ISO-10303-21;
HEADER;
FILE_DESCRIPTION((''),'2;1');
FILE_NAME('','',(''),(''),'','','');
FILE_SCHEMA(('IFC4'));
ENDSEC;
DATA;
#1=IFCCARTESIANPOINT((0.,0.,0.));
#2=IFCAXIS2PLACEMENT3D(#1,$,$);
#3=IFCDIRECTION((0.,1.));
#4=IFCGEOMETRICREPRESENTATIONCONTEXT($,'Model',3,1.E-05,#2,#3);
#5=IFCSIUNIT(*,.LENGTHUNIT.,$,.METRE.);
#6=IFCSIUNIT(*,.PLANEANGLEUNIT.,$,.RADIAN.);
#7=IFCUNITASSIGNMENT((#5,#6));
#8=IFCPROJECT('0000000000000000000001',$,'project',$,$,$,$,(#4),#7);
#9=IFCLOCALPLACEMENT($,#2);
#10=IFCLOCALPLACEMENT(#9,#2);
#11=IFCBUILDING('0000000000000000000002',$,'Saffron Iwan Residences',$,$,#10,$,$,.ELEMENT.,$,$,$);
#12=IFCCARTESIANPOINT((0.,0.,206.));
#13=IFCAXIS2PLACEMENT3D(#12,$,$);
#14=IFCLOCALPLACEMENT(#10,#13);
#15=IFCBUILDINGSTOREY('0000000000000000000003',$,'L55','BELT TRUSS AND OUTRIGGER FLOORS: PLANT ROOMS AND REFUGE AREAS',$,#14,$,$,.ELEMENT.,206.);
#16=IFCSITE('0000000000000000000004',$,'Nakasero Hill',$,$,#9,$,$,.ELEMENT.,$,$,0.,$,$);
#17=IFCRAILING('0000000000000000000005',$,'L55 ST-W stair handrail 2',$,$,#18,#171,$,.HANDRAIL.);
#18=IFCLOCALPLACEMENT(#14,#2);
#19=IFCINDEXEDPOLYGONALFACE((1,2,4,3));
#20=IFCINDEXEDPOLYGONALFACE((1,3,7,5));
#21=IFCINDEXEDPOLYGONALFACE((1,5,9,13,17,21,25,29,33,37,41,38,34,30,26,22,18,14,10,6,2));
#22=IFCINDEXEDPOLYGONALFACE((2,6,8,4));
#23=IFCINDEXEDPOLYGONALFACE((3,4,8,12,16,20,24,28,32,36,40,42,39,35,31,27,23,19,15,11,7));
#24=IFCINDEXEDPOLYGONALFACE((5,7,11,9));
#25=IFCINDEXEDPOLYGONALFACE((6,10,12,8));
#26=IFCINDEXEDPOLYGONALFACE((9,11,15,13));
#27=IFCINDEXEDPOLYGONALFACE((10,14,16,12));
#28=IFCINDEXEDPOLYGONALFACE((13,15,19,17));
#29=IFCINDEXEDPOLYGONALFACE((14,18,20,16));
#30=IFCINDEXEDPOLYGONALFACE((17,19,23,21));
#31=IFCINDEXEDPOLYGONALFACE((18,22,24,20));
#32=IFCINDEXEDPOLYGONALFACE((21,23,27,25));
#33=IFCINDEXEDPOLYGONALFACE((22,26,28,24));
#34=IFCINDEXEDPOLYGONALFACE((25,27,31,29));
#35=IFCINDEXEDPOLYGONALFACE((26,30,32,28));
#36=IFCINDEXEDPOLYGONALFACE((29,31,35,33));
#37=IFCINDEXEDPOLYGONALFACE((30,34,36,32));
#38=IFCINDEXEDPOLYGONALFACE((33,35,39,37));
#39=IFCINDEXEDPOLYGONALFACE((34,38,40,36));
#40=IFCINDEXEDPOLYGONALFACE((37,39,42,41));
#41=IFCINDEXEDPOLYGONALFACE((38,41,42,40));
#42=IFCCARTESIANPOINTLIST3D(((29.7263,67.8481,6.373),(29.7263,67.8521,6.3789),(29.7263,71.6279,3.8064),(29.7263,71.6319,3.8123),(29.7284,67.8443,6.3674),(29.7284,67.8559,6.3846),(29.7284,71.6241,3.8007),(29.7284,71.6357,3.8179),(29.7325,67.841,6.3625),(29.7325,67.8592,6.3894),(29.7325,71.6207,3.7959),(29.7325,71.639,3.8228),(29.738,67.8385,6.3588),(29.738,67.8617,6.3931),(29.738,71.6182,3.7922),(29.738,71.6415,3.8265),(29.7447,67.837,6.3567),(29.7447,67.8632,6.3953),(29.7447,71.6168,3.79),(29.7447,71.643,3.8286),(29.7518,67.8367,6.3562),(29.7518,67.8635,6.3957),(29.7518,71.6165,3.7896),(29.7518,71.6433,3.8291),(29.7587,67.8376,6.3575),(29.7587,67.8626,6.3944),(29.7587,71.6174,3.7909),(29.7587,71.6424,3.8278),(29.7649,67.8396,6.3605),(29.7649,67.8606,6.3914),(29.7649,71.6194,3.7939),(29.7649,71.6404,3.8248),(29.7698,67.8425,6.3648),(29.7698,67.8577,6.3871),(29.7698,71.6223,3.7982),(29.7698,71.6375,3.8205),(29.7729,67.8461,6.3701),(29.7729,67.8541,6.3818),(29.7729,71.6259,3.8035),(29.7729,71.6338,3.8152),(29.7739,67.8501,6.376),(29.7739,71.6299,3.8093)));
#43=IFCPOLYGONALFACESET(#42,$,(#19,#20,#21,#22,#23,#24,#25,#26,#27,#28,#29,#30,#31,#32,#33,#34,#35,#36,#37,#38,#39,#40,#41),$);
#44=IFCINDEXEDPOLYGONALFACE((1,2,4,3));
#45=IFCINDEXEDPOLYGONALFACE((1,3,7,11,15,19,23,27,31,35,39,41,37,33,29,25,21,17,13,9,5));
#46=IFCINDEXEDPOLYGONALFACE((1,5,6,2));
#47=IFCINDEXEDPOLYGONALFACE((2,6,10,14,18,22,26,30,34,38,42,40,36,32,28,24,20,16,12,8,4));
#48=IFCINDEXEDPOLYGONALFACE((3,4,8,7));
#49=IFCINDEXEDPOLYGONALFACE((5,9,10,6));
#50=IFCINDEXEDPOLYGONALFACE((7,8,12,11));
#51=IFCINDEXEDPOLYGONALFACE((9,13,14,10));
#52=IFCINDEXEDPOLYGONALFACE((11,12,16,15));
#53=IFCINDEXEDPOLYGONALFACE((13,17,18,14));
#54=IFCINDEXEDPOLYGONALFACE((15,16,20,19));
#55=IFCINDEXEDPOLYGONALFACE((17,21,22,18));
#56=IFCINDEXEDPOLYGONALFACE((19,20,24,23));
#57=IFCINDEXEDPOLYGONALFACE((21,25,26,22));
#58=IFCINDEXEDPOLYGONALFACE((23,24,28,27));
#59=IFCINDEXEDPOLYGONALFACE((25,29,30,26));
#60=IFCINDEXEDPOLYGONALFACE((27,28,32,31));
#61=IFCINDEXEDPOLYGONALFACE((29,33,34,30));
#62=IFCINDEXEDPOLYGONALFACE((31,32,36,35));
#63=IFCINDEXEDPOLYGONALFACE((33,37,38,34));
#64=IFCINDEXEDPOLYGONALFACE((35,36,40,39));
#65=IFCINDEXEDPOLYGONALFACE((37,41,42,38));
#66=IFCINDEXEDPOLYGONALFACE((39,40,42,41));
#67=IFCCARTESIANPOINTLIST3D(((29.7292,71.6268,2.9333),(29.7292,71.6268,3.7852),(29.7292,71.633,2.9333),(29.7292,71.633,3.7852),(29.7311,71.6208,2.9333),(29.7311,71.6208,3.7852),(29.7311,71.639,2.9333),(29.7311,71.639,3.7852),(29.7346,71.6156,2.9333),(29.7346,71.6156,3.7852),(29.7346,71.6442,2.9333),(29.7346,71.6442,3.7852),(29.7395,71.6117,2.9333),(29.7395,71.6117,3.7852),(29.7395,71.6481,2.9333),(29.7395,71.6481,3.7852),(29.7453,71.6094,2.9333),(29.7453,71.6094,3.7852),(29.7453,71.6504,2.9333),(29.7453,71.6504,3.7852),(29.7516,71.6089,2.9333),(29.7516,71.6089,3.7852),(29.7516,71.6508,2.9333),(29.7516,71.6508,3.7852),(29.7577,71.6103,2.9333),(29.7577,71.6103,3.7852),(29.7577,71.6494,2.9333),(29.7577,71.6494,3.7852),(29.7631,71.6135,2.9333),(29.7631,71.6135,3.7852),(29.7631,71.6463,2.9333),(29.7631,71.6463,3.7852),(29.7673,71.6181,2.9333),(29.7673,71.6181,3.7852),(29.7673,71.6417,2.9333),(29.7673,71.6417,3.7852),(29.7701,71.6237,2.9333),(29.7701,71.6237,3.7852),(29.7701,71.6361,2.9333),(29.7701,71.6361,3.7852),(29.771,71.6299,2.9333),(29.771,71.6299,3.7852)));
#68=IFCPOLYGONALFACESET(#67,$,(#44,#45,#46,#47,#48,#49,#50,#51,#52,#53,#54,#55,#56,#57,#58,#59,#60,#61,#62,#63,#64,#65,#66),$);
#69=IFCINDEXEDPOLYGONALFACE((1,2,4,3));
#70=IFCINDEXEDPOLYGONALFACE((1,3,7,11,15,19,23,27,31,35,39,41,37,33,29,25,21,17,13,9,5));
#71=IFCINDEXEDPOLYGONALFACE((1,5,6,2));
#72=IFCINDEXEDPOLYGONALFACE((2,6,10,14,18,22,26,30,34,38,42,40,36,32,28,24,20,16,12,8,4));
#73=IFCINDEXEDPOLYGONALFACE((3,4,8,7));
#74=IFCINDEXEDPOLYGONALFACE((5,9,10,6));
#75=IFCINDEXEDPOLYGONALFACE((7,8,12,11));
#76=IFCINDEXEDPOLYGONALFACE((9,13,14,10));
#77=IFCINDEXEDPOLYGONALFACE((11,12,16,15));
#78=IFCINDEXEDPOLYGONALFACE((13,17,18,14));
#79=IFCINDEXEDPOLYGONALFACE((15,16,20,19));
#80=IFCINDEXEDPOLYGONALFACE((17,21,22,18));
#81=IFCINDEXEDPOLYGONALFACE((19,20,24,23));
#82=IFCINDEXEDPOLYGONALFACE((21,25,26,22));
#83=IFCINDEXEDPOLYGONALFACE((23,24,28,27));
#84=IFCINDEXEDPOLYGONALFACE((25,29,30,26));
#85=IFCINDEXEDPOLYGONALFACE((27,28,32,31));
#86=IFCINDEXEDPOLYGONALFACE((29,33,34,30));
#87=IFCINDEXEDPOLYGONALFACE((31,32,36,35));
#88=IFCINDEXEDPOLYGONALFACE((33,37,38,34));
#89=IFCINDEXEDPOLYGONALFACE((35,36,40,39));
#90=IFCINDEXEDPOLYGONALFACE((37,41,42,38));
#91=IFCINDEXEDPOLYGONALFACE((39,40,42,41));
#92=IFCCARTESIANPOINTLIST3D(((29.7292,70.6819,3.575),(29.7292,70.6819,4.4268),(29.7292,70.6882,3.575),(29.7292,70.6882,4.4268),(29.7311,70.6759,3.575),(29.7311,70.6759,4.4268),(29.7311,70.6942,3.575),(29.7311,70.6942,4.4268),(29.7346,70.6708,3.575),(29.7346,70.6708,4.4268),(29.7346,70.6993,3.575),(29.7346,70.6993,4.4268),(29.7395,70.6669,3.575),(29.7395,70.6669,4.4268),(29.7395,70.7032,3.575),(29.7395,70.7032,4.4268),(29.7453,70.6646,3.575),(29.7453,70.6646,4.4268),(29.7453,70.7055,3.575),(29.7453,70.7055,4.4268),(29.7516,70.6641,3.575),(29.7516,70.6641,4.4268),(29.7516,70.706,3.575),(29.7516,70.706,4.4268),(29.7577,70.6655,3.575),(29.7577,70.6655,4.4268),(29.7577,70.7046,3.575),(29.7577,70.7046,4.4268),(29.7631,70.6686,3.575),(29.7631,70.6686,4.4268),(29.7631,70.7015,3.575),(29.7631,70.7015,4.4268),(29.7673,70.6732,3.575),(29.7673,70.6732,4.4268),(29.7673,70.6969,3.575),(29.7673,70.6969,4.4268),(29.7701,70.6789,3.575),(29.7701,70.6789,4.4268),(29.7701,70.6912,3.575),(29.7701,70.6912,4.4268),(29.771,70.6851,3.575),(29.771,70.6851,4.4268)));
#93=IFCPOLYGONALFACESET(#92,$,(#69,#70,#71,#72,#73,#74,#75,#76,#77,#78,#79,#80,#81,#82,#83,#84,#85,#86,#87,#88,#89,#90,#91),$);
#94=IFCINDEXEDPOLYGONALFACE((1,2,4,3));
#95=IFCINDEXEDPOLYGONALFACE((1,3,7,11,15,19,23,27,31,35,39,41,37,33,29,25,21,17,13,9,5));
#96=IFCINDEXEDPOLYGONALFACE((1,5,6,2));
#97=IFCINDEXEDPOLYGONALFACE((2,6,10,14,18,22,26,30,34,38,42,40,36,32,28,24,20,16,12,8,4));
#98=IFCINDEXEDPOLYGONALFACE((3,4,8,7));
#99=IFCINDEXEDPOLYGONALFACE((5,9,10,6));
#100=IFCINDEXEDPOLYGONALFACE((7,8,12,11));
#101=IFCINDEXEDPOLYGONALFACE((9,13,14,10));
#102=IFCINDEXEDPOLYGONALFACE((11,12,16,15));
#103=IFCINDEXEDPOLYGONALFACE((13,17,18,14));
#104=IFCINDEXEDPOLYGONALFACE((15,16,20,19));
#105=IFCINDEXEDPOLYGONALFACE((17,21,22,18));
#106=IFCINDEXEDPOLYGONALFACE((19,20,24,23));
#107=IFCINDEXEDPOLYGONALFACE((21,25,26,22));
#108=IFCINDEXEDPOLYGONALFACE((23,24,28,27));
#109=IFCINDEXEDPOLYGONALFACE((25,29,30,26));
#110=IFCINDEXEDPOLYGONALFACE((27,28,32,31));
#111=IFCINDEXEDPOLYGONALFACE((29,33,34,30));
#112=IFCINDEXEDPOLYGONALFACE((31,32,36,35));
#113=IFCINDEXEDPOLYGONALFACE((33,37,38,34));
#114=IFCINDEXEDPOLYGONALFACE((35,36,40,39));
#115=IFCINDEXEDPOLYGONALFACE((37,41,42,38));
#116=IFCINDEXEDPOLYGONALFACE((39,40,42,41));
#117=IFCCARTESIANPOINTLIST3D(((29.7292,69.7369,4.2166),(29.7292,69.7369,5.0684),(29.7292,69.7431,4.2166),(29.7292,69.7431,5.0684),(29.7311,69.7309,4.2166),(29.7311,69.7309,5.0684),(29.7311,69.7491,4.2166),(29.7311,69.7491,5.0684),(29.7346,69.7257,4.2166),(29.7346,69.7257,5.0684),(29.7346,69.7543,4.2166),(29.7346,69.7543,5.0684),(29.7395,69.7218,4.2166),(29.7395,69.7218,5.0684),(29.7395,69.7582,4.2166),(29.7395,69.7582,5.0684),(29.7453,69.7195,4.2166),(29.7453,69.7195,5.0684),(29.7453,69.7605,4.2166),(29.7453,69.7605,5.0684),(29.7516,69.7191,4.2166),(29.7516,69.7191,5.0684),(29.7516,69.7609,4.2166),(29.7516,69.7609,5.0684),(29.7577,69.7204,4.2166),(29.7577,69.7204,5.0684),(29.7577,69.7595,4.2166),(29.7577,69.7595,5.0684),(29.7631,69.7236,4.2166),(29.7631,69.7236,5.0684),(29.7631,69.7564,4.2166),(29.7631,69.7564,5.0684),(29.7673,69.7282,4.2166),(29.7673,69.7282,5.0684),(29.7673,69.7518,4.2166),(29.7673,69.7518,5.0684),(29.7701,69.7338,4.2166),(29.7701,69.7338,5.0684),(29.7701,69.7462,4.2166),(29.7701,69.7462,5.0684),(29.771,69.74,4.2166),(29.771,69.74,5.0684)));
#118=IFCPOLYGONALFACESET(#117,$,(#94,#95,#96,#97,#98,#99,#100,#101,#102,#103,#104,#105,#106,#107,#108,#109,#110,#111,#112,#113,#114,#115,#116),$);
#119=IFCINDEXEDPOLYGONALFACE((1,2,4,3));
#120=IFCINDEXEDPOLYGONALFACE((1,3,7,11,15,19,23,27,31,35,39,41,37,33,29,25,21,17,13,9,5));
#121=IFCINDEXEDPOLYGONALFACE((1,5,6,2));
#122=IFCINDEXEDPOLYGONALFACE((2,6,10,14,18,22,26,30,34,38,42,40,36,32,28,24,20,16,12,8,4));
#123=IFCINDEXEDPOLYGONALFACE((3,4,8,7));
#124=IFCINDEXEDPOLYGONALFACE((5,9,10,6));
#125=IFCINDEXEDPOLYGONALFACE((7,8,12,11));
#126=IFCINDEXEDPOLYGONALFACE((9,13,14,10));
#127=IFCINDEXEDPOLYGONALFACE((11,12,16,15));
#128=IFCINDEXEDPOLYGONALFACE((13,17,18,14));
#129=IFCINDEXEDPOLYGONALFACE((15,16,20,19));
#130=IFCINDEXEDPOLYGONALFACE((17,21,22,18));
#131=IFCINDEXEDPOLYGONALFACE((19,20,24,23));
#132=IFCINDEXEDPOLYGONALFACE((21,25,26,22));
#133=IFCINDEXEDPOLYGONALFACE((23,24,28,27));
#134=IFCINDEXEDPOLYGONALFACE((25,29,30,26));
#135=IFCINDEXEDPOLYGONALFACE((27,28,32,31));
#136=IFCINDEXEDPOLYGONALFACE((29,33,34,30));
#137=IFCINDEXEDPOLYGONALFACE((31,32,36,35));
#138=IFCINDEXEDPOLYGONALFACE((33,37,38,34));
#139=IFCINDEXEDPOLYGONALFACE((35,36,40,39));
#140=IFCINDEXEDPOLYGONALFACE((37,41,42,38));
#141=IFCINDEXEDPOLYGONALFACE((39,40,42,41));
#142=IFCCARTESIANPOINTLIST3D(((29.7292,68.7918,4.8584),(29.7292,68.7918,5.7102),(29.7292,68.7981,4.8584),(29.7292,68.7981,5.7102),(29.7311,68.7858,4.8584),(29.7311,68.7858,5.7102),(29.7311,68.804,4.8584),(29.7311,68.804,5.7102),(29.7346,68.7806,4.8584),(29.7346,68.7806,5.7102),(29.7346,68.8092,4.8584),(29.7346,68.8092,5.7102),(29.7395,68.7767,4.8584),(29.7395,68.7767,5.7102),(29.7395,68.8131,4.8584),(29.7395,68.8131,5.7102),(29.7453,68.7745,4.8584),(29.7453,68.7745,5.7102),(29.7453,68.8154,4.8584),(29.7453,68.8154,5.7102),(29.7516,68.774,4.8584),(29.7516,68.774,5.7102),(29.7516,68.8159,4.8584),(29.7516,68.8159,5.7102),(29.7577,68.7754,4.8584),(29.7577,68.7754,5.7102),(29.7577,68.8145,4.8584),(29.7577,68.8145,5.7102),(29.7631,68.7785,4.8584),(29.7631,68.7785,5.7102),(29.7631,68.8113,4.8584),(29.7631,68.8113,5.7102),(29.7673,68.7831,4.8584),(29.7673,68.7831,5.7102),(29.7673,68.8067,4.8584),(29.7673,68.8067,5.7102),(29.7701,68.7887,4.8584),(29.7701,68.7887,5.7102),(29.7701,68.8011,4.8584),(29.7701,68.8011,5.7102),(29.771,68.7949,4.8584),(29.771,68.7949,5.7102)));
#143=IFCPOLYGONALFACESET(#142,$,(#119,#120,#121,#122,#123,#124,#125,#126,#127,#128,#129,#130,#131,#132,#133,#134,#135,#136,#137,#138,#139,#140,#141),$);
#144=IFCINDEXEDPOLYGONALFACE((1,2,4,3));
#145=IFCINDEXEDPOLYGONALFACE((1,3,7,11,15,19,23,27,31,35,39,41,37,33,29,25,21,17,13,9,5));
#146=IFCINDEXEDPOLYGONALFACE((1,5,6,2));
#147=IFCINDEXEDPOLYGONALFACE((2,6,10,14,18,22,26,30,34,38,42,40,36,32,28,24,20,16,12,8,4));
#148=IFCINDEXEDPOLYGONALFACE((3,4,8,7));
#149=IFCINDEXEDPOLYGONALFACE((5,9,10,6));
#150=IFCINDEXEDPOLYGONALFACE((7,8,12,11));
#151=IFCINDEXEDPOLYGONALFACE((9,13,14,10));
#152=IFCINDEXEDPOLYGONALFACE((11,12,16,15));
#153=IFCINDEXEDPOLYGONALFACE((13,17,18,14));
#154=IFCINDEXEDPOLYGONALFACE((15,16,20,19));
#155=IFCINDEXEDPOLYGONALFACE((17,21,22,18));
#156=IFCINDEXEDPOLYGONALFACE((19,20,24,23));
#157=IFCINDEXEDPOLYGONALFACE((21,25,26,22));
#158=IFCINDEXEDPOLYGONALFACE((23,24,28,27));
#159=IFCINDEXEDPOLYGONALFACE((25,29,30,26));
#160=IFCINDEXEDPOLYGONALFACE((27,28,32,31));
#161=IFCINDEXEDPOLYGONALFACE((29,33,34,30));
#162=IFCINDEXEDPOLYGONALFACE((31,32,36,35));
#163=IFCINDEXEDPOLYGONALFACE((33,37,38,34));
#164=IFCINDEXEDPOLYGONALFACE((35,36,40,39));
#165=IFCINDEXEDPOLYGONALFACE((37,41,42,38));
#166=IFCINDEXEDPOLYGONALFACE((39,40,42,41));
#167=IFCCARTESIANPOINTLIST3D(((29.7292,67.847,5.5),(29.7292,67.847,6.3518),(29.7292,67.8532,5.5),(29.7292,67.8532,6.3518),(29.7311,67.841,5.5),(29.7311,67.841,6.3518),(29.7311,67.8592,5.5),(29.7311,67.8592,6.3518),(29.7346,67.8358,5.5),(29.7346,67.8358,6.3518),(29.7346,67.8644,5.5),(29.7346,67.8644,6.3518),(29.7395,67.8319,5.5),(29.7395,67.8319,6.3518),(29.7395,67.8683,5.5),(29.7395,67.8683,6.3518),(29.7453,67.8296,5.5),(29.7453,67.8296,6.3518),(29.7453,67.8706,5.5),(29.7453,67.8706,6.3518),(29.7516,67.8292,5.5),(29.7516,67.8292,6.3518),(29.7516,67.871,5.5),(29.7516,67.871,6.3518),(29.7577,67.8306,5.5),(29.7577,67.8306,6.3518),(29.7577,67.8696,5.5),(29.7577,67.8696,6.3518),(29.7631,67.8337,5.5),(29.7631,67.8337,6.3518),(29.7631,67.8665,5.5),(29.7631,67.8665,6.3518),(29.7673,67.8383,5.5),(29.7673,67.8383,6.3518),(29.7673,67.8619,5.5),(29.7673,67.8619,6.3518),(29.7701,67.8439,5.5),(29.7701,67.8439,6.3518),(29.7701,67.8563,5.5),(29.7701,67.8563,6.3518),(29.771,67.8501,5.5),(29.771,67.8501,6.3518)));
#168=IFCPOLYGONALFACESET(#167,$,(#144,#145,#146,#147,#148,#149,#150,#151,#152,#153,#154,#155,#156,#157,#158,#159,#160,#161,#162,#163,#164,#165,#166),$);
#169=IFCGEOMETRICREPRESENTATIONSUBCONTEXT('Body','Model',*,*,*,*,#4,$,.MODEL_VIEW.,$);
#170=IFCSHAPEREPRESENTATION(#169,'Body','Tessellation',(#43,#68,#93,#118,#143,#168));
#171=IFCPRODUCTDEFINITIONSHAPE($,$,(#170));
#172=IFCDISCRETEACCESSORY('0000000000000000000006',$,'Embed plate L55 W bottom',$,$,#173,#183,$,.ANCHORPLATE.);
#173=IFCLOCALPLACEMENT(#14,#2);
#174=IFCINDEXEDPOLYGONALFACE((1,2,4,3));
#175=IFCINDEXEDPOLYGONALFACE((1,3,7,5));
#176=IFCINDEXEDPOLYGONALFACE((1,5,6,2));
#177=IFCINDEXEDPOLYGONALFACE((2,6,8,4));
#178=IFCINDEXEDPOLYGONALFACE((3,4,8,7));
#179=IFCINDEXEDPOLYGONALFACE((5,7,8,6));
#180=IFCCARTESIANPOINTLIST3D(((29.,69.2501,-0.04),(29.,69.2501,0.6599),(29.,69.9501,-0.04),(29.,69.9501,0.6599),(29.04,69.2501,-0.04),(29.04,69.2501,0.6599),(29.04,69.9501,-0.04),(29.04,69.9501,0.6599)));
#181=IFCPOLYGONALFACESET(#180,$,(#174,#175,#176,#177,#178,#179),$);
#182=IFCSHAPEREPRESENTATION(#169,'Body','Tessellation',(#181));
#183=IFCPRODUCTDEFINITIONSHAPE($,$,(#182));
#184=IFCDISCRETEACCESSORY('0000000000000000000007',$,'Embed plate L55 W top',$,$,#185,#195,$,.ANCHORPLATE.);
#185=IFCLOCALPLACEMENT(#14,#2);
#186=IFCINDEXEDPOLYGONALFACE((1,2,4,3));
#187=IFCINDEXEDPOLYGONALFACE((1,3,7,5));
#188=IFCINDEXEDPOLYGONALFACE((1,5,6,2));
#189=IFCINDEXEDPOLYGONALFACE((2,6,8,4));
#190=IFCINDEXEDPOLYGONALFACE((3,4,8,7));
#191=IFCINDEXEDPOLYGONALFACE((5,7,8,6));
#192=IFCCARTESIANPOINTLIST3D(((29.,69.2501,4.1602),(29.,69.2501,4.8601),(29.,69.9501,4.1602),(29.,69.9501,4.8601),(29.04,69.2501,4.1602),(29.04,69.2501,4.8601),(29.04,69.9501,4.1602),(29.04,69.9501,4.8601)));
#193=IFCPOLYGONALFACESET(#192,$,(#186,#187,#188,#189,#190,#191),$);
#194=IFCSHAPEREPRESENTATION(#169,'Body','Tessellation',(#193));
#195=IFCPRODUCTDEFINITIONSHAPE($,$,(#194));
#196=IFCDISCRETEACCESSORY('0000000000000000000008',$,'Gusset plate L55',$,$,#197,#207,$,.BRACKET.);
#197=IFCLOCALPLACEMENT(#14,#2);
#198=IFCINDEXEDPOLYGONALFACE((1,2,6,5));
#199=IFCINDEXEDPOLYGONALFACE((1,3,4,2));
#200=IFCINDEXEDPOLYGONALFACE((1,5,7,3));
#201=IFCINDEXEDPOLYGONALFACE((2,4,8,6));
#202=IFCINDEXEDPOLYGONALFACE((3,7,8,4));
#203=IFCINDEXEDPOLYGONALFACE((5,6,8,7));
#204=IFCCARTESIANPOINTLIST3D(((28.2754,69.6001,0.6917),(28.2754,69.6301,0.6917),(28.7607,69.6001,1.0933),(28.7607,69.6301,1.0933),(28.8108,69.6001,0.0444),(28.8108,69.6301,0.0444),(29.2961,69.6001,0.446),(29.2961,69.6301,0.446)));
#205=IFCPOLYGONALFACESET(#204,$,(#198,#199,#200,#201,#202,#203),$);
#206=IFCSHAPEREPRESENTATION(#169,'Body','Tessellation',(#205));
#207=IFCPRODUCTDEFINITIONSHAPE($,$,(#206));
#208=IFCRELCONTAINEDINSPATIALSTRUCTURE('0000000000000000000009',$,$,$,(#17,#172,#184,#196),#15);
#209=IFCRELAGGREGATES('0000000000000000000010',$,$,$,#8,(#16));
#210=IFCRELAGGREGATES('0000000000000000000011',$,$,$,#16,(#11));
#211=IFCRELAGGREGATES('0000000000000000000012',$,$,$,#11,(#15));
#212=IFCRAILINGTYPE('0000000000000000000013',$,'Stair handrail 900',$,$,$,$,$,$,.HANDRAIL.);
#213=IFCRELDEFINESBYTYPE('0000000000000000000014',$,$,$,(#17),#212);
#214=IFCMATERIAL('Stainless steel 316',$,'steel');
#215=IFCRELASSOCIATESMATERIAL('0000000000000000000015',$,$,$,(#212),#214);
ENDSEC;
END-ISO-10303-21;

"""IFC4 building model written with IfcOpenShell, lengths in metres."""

from ifc_helpers import new_model, si_unit, direction, frame, origin, origin_2d, place, context, subcontext, project, spatial, polyline, rectangle, circle, outline, extrude, source, transform, mapped, material, type_object, element, save


model = new_model("IFC4")

# Units and contexts
model_context = context("Model", 3, precision=1e-05, world=origin(), true_north=direction((0.0, 1.0)))
body_context = subcontext(model_context, "Body", "Model", "MODEL_VIEW")
ifc_project = project(units=[si_unit("LENGTHUNIT", "METRE"), si_unit("PLANEANGLEUNIT", "RADIAN")], contexts=[model_context])

# Site, building, storey
site_placement = place(None, origin())
site = spatial("IfcSite", under=ifc_project, at=site_placement, Name="Nakasero Hill", CompositionType="ELEMENT", RefElevation=0.0)
building_placement = place(site_placement, origin())
building = spatial("IfcBuilding", under=site, at=building_placement, Name="Saffron Iwan Residences", CompositionType="ELEMENT")
storey_placement = place(building_placement, frame((0.0, 0.0, 206.0)))
storey = spatial("IfcBuildingStorey", under=building, at=storey_placement, Name="L55", Description="BELT TRUSS AND OUTRIGGER FLOORS: PLANT ROOMS AND REFUGE AREAS", CompositionType="ELEMENT", Elevation=206.0)

# Railing
ifc_material_1 = material(Name="Stainless steel 316", Category="steel")
railing_type_1 = type_object("IfcRailingType", Name="Stair handrail 900", PredefinedType="HANDRAIL", material=ifc_material_1)
railing_1_placement = place(storey_placement, frame((29.75, 71.6299, 2.9333)))
element("IfcRailing", 1, at=railing_1_placement, inside=storey, type_object=railing_type_1, Name="L55 ST-W stair handrail 2", PredefinedType="HANDRAIL", context=body_context, shape_type="SweptSolid", body=[
    extrude(circle(Radius=0.0239, at=origin_2d()), frame((0.0, 0.0, 0.876), z_axis=(0.0, -0.827293, 0.561771), x_axis=(1.0, 0.0, 0.0)), (0.0, 0.0, 1.0), 4.5688),
    extrude(circle(Radius=0.021, at=origin_2d()), origin(), (0.0, 0.0, 1.0), 0.8518),
    extrude(circle(Radius=0.021, at=origin_2d()), frame((0.0, -0.9448, 0.6416)), (0.0, 0.0, 1.0), 0.8518),
    extrude(circle(Radius=0.021, at=origin_2d()), frame((0.0, -1.8899, 1.2832)), (0.0, 0.0, 1.0), 0.8518),
    extrude(circle(Radius=0.021, at=origin_2d()), frame((0.0, -2.835, 1.925)), (0.0, 0.0, 1.0), 0.8518),
    extrude(circle(Radius=0.021, at=origin_2d()), frame((0.0, -3.7798, 2.5667)), (0.0, 0.0, 1.0), 0.8518),
])

# Discrete accessories
shared_shape_1 = source(origin(), body_context, "Body", "SweptSolid", [
    extrude(rectangle(XDim=0.04, YDim=0.7, at=origin_2d()), origin(), (0.0, 0.0, 1.0), 0.7),
])
for number, where, z_axis, x_axis, name in (
    (2, (29.02, 69.6001, -0.04), (0.0, 0.0, 1.0), (1.0, 0.0, 0.0), "Embed plate L55 W bottom"),
    (3, (29.02, 69.6001, 4.1602), (0.0, 0.0, 1.0), (1.0, 0.0, 0.0), "Embed plate L55 W top"),
):
    element("IfcDiscreteAccessory", number, at=place(storey_placement, frame(where, z_axis=z_axis, x_axis=x_axis)), inside=storey, Name=name, PredefinedType="ANCHORPLATE", context=body_context, shape_type="MappedRepresentation", body=[
        mapped(shared_shape_1, transform((0.0, 0.0, 0.0))),
    ])
discrete_accessory_placement = place(storey_placement, frame((29.2961, 69.6001, 0.446), z_axis=(0.0, -1.0, 0.0), x_axis=(-0.637407, 0.0, 0.770527)))
element("IfcDiscreteAccessory", 4, at=discrete_accessory_placement, inside=storey, Name="Gusset plate L55", PredefinedType="BRACKET", context=body_context, shape_type="SweptSolid", body=[
    extrude(outline(polyline([(0.0, 0.0), (0.84, 0.0), (0.8399, 0.63), (-0.0001, 0.63), (0.0, 0.0)])), origin(), (0.0, 0.0, -1.0), 0.03),
])

save(model, "model.ifc")
